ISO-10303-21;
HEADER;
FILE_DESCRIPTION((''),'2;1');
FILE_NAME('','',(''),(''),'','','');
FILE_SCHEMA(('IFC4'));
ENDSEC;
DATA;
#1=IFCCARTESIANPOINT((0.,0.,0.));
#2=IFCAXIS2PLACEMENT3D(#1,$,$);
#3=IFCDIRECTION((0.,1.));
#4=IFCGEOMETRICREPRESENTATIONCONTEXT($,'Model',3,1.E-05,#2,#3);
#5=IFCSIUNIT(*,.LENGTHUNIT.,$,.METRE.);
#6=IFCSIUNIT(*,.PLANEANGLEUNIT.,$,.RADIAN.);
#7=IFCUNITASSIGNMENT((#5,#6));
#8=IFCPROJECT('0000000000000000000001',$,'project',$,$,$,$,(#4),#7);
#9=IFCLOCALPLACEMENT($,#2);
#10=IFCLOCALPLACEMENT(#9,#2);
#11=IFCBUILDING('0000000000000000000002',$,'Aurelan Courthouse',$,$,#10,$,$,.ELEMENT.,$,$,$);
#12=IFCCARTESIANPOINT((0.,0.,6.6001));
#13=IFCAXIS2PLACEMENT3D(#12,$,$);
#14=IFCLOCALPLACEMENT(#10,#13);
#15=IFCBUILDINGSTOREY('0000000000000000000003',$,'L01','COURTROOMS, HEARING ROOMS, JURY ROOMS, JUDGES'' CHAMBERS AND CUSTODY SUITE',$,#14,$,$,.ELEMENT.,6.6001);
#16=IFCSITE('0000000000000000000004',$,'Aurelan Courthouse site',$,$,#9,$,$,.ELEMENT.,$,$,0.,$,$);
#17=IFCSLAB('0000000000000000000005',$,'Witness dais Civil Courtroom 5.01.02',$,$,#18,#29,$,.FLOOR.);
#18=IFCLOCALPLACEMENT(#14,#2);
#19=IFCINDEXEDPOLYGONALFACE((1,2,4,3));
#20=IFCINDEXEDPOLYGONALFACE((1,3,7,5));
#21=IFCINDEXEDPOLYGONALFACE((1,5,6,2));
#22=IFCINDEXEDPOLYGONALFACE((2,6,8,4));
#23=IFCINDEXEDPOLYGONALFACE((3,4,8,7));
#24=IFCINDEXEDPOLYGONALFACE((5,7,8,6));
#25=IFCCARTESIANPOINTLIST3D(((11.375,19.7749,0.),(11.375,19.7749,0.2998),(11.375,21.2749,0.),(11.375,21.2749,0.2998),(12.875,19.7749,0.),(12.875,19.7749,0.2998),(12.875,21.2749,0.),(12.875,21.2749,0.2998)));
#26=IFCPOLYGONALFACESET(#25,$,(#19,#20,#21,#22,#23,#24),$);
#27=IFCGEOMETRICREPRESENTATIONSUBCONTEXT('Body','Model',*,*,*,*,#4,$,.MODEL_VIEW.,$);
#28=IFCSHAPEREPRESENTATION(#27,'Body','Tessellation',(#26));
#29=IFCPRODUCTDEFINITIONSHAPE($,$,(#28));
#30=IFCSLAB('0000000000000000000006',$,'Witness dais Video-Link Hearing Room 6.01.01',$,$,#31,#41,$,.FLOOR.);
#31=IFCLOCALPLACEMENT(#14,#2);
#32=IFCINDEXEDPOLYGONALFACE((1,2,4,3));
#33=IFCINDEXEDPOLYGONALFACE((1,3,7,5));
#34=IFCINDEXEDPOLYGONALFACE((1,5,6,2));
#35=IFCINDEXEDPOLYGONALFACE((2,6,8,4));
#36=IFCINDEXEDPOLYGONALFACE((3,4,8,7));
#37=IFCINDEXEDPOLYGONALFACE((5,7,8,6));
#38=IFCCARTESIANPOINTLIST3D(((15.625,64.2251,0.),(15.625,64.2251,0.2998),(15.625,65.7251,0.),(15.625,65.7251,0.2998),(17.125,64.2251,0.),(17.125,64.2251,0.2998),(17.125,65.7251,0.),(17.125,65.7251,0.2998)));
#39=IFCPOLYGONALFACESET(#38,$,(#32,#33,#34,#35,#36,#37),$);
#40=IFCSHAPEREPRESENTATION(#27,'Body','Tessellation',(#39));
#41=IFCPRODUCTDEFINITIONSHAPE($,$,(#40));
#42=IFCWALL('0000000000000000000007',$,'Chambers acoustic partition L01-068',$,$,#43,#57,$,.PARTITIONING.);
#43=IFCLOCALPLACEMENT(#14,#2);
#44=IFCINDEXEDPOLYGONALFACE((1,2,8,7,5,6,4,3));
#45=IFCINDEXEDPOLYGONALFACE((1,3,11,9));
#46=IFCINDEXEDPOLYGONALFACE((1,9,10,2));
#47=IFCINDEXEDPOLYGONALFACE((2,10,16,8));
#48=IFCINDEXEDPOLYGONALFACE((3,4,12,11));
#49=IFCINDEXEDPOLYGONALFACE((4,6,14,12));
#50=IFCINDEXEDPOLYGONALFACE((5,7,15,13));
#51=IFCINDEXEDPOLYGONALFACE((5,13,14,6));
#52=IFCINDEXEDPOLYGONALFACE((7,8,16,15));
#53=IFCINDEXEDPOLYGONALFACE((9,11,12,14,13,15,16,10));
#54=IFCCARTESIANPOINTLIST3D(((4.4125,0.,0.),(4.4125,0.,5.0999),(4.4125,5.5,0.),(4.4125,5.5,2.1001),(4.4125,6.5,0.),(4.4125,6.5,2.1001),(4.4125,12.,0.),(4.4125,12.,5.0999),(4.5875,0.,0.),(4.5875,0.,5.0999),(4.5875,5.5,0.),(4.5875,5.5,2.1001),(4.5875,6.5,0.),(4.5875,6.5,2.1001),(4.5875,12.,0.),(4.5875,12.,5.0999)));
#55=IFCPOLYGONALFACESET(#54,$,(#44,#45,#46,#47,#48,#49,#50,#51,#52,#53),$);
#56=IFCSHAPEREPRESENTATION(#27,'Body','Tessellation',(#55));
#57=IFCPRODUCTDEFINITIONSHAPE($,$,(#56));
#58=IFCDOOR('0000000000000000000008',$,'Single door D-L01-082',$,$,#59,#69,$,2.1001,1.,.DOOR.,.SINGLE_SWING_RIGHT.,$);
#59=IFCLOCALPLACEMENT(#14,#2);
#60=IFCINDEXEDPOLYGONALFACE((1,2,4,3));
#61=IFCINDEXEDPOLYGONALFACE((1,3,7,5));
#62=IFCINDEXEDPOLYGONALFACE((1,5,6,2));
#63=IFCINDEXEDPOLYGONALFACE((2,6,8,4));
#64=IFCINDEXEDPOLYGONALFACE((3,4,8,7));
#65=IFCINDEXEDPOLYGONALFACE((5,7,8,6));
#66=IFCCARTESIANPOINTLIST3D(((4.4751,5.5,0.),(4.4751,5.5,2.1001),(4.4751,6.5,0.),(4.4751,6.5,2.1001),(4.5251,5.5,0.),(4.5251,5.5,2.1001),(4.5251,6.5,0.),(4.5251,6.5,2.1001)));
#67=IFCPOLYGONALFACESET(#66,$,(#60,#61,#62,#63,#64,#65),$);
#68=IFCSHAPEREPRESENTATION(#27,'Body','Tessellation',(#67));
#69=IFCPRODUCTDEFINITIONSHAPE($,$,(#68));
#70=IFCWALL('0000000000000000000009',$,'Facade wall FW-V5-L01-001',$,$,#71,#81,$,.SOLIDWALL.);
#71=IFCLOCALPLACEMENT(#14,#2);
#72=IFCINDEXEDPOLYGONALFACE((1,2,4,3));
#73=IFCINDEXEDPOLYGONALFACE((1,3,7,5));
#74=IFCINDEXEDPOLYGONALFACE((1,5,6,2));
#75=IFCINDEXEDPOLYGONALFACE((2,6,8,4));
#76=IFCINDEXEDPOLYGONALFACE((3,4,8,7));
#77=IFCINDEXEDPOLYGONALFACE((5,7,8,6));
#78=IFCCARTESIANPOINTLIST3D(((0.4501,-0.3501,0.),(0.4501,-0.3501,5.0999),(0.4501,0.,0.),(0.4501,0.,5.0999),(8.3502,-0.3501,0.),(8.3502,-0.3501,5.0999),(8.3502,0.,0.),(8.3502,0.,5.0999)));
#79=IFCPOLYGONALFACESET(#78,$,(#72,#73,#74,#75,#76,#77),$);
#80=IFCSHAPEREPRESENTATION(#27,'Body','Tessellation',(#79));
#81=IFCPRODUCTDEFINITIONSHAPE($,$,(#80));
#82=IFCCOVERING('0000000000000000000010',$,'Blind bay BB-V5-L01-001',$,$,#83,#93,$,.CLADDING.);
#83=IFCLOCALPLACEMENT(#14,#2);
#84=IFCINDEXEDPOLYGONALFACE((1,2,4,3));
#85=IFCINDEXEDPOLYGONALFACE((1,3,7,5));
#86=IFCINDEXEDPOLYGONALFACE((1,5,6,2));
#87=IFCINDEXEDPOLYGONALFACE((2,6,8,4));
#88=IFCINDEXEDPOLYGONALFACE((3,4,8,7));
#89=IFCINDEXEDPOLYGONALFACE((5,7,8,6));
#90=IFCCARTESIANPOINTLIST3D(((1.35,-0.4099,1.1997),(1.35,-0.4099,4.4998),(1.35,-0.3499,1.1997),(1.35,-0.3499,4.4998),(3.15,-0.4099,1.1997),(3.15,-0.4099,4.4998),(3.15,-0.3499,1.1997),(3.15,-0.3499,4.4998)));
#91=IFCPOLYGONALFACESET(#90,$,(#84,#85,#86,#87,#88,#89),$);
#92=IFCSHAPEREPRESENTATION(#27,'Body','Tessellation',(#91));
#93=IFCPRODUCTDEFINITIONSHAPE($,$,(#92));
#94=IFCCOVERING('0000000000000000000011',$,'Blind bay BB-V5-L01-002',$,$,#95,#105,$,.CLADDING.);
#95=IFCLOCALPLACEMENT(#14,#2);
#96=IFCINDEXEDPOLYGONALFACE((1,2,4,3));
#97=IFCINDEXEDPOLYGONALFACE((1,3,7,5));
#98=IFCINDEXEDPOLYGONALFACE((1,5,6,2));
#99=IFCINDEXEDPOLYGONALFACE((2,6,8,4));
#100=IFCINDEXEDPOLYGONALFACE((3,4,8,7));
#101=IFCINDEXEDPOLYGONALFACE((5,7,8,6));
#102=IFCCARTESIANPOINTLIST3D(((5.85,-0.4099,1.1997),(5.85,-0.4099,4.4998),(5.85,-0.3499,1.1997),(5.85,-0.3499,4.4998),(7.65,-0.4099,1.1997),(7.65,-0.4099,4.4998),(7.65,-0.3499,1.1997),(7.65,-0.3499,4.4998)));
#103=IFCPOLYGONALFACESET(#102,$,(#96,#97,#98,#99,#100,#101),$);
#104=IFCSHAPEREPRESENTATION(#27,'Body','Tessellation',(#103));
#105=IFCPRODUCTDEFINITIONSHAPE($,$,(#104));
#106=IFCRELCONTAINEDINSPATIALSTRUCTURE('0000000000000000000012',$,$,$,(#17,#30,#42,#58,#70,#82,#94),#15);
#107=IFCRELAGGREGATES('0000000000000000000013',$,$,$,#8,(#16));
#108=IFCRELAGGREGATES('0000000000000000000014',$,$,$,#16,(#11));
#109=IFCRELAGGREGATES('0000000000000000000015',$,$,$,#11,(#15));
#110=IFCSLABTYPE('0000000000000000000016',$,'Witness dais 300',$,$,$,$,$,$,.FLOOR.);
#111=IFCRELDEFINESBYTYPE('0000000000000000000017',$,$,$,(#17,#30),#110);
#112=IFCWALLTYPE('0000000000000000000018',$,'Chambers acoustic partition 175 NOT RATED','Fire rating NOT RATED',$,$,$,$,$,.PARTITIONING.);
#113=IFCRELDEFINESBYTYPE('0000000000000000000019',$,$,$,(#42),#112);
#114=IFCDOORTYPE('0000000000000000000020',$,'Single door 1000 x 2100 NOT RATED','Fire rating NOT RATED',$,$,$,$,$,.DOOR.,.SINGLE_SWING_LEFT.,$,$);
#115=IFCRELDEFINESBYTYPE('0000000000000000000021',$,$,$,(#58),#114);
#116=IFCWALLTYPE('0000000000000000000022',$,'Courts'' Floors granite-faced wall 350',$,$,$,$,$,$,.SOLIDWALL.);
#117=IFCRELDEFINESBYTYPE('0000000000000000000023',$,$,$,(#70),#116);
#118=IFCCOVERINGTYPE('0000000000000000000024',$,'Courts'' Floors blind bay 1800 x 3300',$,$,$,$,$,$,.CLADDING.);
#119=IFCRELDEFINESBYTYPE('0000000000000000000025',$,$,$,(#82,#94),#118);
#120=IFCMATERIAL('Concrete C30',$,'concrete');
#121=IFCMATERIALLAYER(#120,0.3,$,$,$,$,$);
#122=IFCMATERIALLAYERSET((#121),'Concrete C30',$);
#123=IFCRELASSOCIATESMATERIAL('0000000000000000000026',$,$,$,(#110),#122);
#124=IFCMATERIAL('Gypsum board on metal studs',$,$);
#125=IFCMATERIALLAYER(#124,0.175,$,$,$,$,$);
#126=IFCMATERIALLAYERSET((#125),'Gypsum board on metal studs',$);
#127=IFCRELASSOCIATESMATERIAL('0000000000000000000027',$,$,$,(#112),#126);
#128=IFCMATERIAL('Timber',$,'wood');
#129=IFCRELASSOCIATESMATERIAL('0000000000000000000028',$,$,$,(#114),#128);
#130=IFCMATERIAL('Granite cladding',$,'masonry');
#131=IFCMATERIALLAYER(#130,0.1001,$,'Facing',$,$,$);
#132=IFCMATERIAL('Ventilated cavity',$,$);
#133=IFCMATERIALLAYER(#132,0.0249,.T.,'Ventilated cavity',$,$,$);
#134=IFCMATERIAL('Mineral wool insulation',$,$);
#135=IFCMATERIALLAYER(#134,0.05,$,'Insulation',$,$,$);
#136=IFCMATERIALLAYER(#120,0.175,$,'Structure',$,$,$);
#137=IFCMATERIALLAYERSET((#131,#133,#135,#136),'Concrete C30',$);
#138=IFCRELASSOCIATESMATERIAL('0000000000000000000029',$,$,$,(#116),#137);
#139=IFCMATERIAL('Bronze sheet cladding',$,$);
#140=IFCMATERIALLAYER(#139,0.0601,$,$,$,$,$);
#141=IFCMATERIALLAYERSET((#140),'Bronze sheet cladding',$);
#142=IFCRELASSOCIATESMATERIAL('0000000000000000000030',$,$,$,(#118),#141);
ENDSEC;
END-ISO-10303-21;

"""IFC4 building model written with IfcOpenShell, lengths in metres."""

from ifc_helpers import new_model, si_unit, direction, frame, frame_2d, origin, origin_2d, place, context, subcontext, project, spatial, polyline, rectangle, outline, extrude, material, layer, layer_set, type_object, element, fill, save


model = new_model("IFC4")

# Units and contexts
model_context = context("Model", 3, precision=1e-05, world=origin(), true_north=direction((0.0, 1.0)))
body_context = subcontext(model_context, "Body", "Model", "MODEL_VIEW")
ifc_project = project(units=[si_unit("LENGTHUNIT", "METRE"), si_unit("PLANEANGLEUNIT", "RADIAN")], contexts=[model_context])

# Site, building, storey
site_placement = place(None, origin())
site = spatial("IfcSite", under=ifc_project, at=site_placement, Name="Aurelan Courthouse site", CompositionType="ELEMENT", RefElevation=0.0)
building_placement = place(site_placement, origin())
building = spatial("IfcBuilding", under=site, at=building_placement, Name="Aurelan Courthouse", CompositionType="ELEMENT")
storey_placement = place(building_placement, frame((0.0, 0.0, 6.6001)))
storey = spatial("IfcBuildingStorey", under=building, at=storey_placement, Name="L01", Description="COURTROOMS, HEARING ROOMS, JURY ROOMS, JUDGES' CHAMBERS AND CUSTODY SUITE", CompositionType="ELEMENT", Elevation=6.6001)

# Shared definitions
ifc_material_1 = material(Name="Concrete C30", Category="concrete")

# Slabs
ifc_layer_1 = layer(ifc_material_1, 0.3)
ifc_layer_set_1 = layer_set([ifc_layer_1], Name="Concrete C30")
slab_type_1 = type_object("IfcSlabType", Name="Witness dais 300", PredefinedType="FLOOR", material=ifc_layer_set_1)
slab_1_placement = place(storey_placement, origin())
element("IfcSlab", 1, at=slab_1_placement, inside=storey, type_object=slab_type_1, Name="Witness dais Civil Courtroom 5.01.02", PredefinedType="FLOOR", context=body_context, shape_type="SweptSolid", body=[
    extrude(outline(polyline([(11.375, 19.7749), (12.875, 19.7749), (12.875, 21.2749), (11.375, 21.2749), (11.375, 19.7749)])), origin(), (0.0, 0.0, 1.0), 0.2998),
])
slab_2_placement = place(storey_placement, origin())
element("IfcSlab", 2, at=slab_2_placement, inside=storey, type_object=slab_type_1, Name="Witness dais Video-Link Hearing Room 6.01.01", PredefinedType="FLOOR", context=body_context, shape_type="SweptSolid", body=[
    extrude(outline(polyline([(15.625, 64.2251), (17.125, 64.2251), (17.125, 65.7251), (15.625, 65.7251), (15.625, 64.2251)])), origin(), (0.0, 0.0, 1.0), 0.2998),
])

# Wall, opening, door
ifc_material_2 = material(Name="Gypsum board on metal studs")
ifc_layer_2 = layer(ifc_material_2, 0.175)
ifc_layer_set_2 = layer_set([ifc_layer_2], Name="Gypsum board on metal studs")
wall_type_1 = type_object("IfcWallType", Name="Chambers acoustic partition 175 NOT RATED", Description="Fire rating NOT RATED", PredefinedType="PARTITIONING", material=ifc_layer_set_2)
wall_1_placement = place(storey_placement, frame((4.5, 0.0, 0.0), z_axis=(0.0, 0.0, 1.0), x_axis=(0.0, 1.0, 0.0)))
wall_1 = element("IfcWall", 3, at=wall_1_placement, inside=storey, type_object=wall_type_1, Name="Chambers acoustic partition L01-068", PredefinedType="PARTITIONING", context=body_context, shape_type="SweptSolid", body=[
    extrude(rectangle(XDim=12.0, YDim=0.175, at=frame_2d((6.0, 0.0))), origin(), (0.0, 0.0, 1.0), 5.0999),
])
opening_placement = place(wall_1_placement, frame((5.5, 0.0, 0.0)))
opening = element("IfcOpeningElement", 4, at=opening_placement, cuts=wall_1, PredefinedType="OPENING", context=body_context, shape_type="SweptSolid", body=[
    extrude(rectangle(XDim=1.0, YDim=2.1001, at=frame_2d((0.5, 1.05))), frame((0.0, 0.0974, 0.0), z_axis=(0.0, -1.0, 0.0), x_axis=(1.0, 0.0, 0.0)), (0.0, 0.0, 1.0), 0.1951),
])
ifc_material_3 = material(Name="Timber", Category="wood")
door_type = type_object("IfcDoorType", Name="Single door 1000 x 2100 NOT RATED", Description="Fire rating NOT RATED", OperationType="SINGLE_SWING_LEFT", PredefinedType="DOOR", material=ifc_material_3)
door_placement = place(opening_placement, origin())
door = element("IfcDoor", 5, at=door_placement, inside=storey, type_object=door_type, Name="Single door D-L01-082", OperationType="SINGLE_SWING_RIGHT", OverallHeight=2.1001, OverallWidth=1.0, PredefinedType="DOOR", context=body_context, shape_type="SweptSolid", body=[
    extrude(rectangle(XDim=1.0, YDim=2.1001, at=frame_2d((0.5, 1.05))), frame((0.0, 0.0249, 0.0), z_axis=(0.0, -1.0, 0.0), x_axis=(1.0, 0.0, 0.0)), (0.0, 0.0, 1.0), 0.05),
])
fill(opening, door)

# Wall
ifc_material_4 = material(Name="Granite cladding", Category="masonry")
ifc_layer_3 = layer(ifc_material_4, 0.1001, Name="Facing")
ifc_material_5 = material(Name="Ventilated cavity")
ifc_layer_4 = layer(ifc_material_5, 0.0249, ventilated=True, Name="Ventilated cavity")
ifc_material_6 = material(Name="Mineral wool insulation")
ifc_layer_5 = layer(ifc_material_6, 0.05, Name="Insulation")
ifc_layer_6 = layer(ifc_material_1, 0.175, Name="Structure")
ifc_layer_set_3 = layer_set([ifc_layer_3, ifc_layer_4, ifc_layer_5, ifc_layer_6], Name="Concrete C30")
wall_type_2 = type_object("IfcWallType", Name="Courts' Floors granite-faced wall 350", PredefinedType="SOLIDWALL", material=ifc_layer_set_3)
wall_2_placement = place(storey_placement, frame((0.45, -0.175, 0.0), z_axis=(0.0, 0.0, 1.0), x_axis=(1.0, 0.0, 0.0)))
element("IfcWall", 6, at=wall_2_placement, inside=storey, type_object=wall_type_2, Name="Facade wall FW-V5-L01-001", PredefinedType="SOLIDWALL", context=body_context, shape_type="SweptSolid", body=[
    extrude(rectangle(XDim=7.9001, YDim=0.3501, at=frame_2d((3.9502, 0.0))), origin(), (0.0, 0.0, 1.0), 5.0999),
])

# Coverings
ifc_material_7 = material(Name="Bronze sheet cladding")
ifc_layer_7 = layer(ifc_material_7, 0.0601)
ifc_layer_set_4 = layer_set([ifc_layer_7], Name="Bronze sheet cladding")
covering_type = type_object("IfcCoveringType", Name="Courts' Floors blind bay 1800 x 3300", PredefinedType="CLADDING", material=ifc_layer_set_4)
for number, where, z_axis, x_axis, name in (
    (7, (2.25, -0.3799, 1.1997), (0.0, 0.0, 1.0), (1.0, 0.0, 0.0), "Blind bay BB-V5-L01-001"),
    (8, (6.75, -0.3799, 1.1997), (0.0, 0.0, 1.0), (1.0, 0.0, 0.0), "Blind bay BB-V5-L01-002"),
):
    element("IfcCovering", number, at=place(storey_placement, frame(where, z_axis=z_axis, x_axis=x_axis)), inside=storey, type_object=covering_type, Name=name, PredefinedType="CLADDING", context=body_context, shape_type="SweptSolid", body=[
        extrude(rectangle(XDim=1.8, YDim=0.0601, at=origin_2d()), origin(), (0.0, 0.0, 1.0), 3.3),
    ])

save(model, "model.ifc")
